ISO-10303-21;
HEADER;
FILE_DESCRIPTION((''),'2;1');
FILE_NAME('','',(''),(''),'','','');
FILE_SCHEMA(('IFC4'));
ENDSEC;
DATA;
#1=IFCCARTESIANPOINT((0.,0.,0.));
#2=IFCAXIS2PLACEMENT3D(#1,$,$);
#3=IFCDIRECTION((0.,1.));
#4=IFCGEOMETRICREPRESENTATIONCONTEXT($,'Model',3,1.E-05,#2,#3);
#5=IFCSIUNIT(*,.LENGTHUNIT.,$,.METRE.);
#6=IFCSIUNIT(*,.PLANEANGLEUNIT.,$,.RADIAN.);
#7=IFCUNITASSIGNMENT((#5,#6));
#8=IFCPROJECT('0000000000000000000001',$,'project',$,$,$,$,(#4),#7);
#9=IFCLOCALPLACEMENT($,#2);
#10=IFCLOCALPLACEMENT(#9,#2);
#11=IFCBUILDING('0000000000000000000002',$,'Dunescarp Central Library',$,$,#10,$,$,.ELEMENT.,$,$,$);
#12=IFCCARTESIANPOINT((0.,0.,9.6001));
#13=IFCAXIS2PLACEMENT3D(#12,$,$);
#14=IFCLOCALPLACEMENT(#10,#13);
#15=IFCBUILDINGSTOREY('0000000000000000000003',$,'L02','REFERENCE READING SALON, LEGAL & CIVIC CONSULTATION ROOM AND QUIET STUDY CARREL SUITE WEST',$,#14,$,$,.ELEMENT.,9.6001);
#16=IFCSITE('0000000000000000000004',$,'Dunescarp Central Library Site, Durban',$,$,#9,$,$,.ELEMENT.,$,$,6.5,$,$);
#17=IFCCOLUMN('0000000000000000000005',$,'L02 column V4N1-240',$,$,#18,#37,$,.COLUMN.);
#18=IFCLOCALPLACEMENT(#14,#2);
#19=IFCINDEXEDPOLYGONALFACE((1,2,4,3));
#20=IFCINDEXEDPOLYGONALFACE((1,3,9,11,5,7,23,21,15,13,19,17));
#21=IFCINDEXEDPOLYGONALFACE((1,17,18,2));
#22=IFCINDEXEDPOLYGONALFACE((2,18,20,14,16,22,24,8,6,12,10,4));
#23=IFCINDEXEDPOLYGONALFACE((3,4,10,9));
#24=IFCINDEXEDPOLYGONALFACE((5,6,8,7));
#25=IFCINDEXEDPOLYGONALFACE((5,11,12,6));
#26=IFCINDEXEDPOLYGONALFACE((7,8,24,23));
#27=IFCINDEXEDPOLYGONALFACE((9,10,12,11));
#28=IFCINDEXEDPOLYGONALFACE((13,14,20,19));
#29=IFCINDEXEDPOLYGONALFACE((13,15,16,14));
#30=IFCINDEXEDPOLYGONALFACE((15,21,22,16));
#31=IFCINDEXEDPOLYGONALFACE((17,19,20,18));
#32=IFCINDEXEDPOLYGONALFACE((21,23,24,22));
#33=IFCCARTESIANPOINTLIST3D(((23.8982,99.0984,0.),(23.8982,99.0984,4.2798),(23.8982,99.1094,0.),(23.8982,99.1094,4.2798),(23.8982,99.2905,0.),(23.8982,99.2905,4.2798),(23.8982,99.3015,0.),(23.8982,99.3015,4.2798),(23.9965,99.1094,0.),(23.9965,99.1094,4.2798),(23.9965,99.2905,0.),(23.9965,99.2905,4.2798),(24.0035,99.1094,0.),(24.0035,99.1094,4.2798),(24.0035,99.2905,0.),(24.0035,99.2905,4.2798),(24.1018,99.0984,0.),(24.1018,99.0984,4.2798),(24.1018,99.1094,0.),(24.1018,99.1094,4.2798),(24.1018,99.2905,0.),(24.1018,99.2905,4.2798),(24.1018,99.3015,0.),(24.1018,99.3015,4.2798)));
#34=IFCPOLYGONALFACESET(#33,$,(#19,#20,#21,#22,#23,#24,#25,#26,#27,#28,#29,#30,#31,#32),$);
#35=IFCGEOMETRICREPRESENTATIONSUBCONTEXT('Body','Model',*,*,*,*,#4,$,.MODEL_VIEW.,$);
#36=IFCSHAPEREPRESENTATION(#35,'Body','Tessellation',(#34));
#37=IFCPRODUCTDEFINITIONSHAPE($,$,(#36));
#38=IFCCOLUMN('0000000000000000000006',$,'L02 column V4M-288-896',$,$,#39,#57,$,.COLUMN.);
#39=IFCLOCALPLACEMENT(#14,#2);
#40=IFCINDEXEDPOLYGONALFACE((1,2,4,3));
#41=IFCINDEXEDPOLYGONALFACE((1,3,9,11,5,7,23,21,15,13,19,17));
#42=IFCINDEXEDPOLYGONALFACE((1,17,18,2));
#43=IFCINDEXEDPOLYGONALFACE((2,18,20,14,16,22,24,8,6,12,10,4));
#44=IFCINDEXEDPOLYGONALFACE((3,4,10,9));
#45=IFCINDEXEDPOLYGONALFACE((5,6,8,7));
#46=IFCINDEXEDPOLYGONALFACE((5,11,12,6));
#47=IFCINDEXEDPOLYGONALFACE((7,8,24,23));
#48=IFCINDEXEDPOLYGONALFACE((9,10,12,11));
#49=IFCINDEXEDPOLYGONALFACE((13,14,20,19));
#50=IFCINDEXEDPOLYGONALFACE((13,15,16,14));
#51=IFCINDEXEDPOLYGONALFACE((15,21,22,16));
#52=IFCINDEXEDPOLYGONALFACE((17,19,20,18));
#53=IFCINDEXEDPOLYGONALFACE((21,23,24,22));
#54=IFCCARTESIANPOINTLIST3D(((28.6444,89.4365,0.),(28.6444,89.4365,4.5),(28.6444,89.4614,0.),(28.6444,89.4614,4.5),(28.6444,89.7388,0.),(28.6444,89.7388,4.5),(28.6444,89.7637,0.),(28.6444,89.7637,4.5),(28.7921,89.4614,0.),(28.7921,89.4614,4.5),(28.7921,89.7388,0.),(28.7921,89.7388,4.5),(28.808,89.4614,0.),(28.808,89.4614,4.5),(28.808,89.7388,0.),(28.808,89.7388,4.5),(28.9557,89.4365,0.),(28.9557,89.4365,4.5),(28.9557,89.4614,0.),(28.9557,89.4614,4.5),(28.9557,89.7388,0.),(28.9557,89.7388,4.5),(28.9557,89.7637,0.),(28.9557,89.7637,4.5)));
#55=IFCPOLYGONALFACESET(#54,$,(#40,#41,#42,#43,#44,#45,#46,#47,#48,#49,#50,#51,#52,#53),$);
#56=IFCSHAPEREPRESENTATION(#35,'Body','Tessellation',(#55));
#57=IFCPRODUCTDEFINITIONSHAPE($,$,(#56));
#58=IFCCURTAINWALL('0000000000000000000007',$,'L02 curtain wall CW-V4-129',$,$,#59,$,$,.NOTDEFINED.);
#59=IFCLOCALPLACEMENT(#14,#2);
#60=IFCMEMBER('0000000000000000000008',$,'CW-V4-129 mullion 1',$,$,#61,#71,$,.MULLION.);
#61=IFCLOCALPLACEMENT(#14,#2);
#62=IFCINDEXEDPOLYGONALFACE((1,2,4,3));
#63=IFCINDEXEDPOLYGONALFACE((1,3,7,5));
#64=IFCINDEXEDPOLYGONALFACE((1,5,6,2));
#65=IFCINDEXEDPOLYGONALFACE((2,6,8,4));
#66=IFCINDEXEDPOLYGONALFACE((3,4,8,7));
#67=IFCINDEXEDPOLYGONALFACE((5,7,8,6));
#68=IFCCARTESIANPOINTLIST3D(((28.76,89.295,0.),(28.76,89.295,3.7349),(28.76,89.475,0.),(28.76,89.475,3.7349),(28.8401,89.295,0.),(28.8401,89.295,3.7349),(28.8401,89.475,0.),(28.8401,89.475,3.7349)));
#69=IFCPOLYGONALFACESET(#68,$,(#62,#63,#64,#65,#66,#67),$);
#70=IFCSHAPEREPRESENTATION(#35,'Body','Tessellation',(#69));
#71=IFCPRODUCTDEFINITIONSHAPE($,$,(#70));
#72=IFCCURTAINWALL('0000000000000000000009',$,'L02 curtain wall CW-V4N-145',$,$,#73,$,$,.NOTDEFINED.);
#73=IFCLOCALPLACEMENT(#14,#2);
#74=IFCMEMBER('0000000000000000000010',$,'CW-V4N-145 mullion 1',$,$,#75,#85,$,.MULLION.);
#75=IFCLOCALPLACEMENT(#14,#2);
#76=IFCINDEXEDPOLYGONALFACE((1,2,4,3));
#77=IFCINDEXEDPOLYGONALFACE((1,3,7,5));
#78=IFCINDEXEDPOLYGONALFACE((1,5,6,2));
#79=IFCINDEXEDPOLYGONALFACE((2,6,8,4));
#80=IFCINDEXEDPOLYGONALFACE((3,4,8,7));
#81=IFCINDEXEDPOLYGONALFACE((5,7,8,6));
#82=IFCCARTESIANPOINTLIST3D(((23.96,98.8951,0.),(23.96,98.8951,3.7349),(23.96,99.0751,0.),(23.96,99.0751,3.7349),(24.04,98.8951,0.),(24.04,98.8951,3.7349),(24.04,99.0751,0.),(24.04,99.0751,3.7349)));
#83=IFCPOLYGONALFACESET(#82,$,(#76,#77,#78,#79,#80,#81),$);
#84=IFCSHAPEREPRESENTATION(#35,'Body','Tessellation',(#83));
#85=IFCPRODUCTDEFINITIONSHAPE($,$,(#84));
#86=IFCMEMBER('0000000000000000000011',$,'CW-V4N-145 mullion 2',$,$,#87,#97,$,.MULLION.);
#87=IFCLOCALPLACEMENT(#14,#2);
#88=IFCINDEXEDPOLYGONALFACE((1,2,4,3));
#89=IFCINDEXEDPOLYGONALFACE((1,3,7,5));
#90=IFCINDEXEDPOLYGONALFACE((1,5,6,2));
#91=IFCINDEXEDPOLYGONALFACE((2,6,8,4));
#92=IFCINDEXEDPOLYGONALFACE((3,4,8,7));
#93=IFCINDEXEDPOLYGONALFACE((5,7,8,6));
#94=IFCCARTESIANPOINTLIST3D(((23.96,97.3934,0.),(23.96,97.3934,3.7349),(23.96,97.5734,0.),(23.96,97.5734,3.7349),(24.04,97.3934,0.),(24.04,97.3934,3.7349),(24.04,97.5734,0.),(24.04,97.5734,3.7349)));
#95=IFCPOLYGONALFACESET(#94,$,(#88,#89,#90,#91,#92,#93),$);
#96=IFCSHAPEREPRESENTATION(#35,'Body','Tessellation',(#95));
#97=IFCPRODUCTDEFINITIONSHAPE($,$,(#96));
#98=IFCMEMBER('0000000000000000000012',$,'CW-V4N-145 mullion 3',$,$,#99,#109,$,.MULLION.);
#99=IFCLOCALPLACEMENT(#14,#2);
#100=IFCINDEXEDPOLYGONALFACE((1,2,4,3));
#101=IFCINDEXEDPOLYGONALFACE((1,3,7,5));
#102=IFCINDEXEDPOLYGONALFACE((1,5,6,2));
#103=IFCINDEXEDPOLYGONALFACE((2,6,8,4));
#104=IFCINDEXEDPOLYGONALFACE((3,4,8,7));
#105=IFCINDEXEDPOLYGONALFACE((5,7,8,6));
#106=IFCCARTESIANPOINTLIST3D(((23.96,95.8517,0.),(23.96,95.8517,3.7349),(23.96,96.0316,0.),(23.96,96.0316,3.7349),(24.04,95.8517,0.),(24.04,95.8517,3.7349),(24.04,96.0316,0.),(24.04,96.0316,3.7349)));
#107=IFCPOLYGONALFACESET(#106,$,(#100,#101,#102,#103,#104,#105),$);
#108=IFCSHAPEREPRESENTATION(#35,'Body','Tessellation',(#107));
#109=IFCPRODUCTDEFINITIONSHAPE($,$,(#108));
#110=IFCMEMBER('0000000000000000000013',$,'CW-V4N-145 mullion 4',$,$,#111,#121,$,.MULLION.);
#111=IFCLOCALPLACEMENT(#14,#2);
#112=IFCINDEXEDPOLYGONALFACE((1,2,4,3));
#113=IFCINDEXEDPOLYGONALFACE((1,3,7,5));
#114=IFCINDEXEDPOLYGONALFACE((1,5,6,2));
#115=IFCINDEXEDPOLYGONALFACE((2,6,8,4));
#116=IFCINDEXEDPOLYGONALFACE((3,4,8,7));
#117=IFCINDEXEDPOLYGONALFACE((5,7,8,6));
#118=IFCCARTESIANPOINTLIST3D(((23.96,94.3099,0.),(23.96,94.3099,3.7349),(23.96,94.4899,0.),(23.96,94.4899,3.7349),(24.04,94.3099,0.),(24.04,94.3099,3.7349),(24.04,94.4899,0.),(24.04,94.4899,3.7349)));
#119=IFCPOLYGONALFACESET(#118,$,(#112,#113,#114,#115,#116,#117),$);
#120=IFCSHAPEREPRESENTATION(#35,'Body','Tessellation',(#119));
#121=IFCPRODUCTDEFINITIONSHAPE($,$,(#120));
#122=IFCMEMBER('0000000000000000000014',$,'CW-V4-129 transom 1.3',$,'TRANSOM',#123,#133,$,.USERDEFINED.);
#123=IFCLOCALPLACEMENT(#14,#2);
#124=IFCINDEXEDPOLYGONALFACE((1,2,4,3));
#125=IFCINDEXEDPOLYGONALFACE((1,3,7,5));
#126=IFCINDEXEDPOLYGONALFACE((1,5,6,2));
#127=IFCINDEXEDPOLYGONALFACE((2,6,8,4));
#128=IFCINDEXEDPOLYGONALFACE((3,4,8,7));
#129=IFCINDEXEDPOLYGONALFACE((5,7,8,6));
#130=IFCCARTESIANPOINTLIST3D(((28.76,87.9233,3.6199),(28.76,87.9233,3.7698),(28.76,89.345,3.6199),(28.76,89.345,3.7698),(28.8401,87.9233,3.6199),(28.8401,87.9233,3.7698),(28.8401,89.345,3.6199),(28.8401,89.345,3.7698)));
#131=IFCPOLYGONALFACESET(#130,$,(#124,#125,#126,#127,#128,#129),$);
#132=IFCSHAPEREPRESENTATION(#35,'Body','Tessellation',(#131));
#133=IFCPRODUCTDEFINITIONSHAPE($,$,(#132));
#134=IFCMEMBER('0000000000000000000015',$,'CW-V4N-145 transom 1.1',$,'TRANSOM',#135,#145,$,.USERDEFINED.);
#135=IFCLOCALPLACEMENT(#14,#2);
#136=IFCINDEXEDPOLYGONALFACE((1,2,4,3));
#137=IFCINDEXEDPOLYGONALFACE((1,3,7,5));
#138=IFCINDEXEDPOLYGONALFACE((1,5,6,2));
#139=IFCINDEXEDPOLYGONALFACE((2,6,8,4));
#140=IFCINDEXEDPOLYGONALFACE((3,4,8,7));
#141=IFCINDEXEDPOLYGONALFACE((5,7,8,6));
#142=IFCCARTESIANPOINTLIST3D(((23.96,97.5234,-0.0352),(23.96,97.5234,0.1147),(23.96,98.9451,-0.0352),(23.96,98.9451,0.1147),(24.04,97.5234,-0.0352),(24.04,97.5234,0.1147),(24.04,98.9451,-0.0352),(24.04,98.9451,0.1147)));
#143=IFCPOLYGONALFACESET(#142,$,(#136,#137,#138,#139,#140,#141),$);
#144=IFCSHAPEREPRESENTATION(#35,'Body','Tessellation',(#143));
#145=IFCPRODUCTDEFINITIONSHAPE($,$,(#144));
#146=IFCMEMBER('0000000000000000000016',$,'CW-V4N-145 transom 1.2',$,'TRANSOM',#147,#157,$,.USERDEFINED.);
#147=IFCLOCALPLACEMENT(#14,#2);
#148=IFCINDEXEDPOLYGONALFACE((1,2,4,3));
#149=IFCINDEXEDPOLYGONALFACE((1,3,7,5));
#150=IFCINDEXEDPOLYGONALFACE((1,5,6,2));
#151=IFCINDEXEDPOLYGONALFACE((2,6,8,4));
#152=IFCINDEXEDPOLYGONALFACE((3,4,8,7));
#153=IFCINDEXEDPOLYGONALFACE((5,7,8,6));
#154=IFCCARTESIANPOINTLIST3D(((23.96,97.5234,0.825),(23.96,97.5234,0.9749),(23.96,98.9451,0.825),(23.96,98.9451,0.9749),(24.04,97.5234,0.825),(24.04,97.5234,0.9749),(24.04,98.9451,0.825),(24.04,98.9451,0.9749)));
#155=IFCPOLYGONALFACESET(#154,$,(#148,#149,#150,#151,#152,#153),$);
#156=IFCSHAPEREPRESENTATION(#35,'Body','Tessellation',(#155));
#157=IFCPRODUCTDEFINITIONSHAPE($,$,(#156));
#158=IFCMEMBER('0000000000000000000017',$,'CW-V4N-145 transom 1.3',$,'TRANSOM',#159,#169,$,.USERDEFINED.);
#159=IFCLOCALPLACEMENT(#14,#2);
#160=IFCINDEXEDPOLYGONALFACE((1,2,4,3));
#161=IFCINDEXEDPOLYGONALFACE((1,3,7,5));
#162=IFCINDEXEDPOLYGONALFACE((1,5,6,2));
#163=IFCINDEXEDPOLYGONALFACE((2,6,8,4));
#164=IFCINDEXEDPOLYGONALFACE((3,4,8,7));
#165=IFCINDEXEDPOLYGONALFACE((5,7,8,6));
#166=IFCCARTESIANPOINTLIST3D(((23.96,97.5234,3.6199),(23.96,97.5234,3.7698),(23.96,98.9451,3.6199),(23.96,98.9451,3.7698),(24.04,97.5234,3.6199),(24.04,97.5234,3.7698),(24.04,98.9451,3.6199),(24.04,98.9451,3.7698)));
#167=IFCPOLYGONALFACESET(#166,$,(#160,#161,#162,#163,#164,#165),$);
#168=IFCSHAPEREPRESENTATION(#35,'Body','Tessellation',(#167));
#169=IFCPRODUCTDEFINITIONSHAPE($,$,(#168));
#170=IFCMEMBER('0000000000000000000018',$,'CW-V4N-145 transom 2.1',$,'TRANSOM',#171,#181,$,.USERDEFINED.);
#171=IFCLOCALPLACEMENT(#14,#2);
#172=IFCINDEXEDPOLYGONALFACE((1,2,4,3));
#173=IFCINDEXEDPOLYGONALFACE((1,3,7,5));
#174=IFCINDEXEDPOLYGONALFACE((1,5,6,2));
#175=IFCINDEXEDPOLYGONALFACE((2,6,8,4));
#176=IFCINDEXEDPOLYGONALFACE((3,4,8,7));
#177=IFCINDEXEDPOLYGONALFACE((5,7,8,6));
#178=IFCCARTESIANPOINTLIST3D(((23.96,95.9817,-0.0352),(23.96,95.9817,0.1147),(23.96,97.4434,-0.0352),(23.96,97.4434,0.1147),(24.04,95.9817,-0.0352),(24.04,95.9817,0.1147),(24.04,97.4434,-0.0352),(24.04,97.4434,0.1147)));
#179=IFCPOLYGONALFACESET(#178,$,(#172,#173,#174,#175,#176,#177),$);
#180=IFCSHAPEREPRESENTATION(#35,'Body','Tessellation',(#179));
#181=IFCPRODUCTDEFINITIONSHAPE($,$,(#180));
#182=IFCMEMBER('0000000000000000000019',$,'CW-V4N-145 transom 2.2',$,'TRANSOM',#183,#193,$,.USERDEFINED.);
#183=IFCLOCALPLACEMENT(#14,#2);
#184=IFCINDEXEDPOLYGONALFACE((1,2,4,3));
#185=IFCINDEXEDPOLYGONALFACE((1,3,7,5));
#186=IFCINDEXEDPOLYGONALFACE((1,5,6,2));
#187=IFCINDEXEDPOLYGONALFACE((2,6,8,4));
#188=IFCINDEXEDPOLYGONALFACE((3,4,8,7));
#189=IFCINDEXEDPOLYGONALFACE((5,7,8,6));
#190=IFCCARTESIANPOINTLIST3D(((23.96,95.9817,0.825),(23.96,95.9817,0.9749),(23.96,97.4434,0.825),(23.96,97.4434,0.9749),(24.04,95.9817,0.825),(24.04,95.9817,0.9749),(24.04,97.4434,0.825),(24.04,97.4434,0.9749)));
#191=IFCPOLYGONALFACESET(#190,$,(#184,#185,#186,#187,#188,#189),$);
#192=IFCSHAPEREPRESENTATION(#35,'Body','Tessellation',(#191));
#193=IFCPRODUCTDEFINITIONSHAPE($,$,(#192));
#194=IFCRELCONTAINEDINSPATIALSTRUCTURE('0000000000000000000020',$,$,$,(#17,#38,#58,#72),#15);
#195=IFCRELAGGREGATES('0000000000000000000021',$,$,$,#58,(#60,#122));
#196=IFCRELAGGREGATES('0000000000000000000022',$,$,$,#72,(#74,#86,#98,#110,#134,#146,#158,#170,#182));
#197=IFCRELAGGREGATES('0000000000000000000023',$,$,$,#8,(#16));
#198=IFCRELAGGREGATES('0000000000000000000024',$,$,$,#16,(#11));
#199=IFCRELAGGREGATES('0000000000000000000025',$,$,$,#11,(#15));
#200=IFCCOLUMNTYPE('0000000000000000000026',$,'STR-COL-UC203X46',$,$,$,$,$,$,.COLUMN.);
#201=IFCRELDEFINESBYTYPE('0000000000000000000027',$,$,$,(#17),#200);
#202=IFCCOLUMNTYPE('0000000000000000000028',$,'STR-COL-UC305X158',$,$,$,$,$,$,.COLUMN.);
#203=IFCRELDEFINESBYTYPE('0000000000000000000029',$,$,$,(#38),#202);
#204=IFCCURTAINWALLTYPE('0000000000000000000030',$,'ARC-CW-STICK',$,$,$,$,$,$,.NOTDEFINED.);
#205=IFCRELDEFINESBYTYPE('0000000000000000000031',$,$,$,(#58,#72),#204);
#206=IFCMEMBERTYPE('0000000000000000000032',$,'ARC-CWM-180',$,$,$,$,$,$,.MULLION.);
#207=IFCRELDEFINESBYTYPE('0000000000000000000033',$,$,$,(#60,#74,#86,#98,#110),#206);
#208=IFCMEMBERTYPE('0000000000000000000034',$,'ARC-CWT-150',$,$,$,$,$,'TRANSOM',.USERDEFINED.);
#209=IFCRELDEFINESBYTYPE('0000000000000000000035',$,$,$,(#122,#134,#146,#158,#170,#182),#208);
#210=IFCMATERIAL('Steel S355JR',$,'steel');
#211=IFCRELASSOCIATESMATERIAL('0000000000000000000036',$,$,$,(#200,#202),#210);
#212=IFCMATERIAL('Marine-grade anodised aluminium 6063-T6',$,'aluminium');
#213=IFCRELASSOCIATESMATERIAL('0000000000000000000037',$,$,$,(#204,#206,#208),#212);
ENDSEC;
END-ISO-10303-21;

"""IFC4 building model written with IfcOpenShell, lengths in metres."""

from ifc_helpers import new_model, si_unit, direction, frame, origin, origin_2d, place, context, subcontext, project, spatial, rectangle, i_section, extrude, material, material_profile, profile_set, type_object, element, aggregate, save


model = new_model("IFC4")

# Units and contexts
model_context = context("Model", 3, precision=1e-05, world=origin(), true_north=direction((0.0, 1.0)))
body_context = subcontext(model_context, "Body", "Model", "MODEL_VIEW")
ifc_project = project(units=[si_unit("LENGTHUNIT", "METRE"), si_unit("PLANEANGLEUNIT", "RADIAN")], contexts=[model_context])

# Site, building, storey
site_placement = place(None, origin())
site = spatial("IfcSite", under=ifc_project, at=site_placement, Name="Dunescarp Central Library Site, Durban", CompositionType="ELEMENT", RefElevation=6.5)
building_placement = place(site_placement, origin())
building = spatial("IfcBuilding", under=site, at=building_placement, Name="Dunescarp Central Library", CompositionType="ELEMENT")
storey_placement = place(building_placement, frame((0.0, 0.0, 9.6001)))
storey = spatial("IfcBuildingStorey", under=building, at=storey_placement, Name="L02", Description="REFERENCE READING SALON, LEGAL & CIVIC CONSULTATION ROOM AND QUIET STUDY CARREL SUITE WEST", CompositionType="ELEMENT", Elevation=9.6001)

# Columns
ifc_material_1 = material(Name="Steel S355JR", Category="steel")
ifc_material_profile_1 = material_profile(ifc_material_1, i_section(OverallWidth=0.2036, OverallDepth=0.2031, WebThickness=0.0071, FlangeThickness=0.011, at=origin_2d()), Name="UC 203x203x46")
ifc_profile_set_1 = profile_set([ifc_material_profile_1], Name="Steel S355JR")
column_type_1 = type_object("IfcColumnType", Name="STR-COL-UC203X46", PredefinedType="COLUMN", material=ifc_profile_set_1)
column_1_placement = place(storey_placement, frame((24.0, 99.2, 0.0), z_axis=(0.0, 0.0, 1.0), x_axis=(1.0, 0.0, 0.0)))
element("IfcColumn", 1, at=column_1_placement, inside=storey, type_object=column_type_1, Name="L02 column V4N1-240", PredefinedType="COLUMN", context=body_context, shape_type="SweptSolid", body=[
    extrude(i_section(OverallWidth=0.2036, OverallDepth=0.2031, WebThickness=0.0071, FlangeThickness=0.011, at=origin_2d()), origin(), (0.0, 0.0, 1.0), 4.2798),
])
ifc_material_profile_2 = material_profile(ifc_material_1, i_section(OverallWidth=0.3113, OverallDepth=0.3271, WebThickness=0.0159, FlangeThickness=0.0249, at=origin_2d()), Name="UC 305x305x158")
ifc_profile_set_2 = profile_set([ifc_material_profile_2], Name="Steel S355JR")
column_type_2 = type_object("IfcColumnType", Name="STR-COL-UC305X158", PredefinedType="COLUMN", material=ifc_profile_set_2)
column_2_placement = place(storey_placement, frame((28.8, 89.6001, 0.0), z_axis=(0.0, 0.0, 1.0), x_axis=(1.0, 0.0, 0.0)))
element("IfcColumn", 2, at=column_2_placement, inside=storey, type_object=column_type_2, Name="L02 column V4M-288-896", PredefinedType="COLUMN", context=body_context, shape_type="SweptSolid", body=[
    extrude(i_section(OverallWidth=0.3113, OverallDepth=0.3271, WebThickness=0.0159, FlangeThickness=0.0249, at=origin_2d()), origin(), (0.0, 0.0, 1.0), 4.5),
])

# Curtain wall, member
ifc_material_2 = material(Name="Marine-grade anodised aluminium 6063-T6", Category="aluminium")
curtain_wall_type = type_object("IfcCurtainWallType", Name="ARC-CW-STICK", PredefinedType="NOTDEFINED", material=ifc_material_2)
curtain_wall_1_placement = place(storey_placement, origin())
curtain_wall_1 = element("IfcCurtainWall", 3, at=curtain_wall_1_placement, inside=storey, type_object=curtain_wall_type, Name="L02 curtain wall CW-V4-129", PredefinedType="NOTDEFINED")
ifc_material_profile_3 = material_profile(ifc_material_2, rectangle(XDim=0.0801, YDim=0.1799, at=origin_2d()), Name="AL 80x180")
ifc_profile_set_3 = profile_set([ifc_material_profile_3], Name="Marine-grade anodised aluminium 6063-T6")
member_type_1 = type_object("IfcMemberType", Name="ARC-CWM-180", PredefinedType="MULLION", material=ifc_profile_set_3)
member_1_placement = place(storey_placement, frame((28.8, 89.385, 0.0), z_axis=(0.0, 0.0, 1.0), x_axis=(1.0, 0.0, 0.0)))
member_1 = element("IfcMember", 4, at=member_1_placement, type_object=member_type_1, Name="CW-V4-129 mullion 1", PredefinedType="MULLION", context=body_context, shape_type="SweptSolid", body=[
    extrude(rectangle(XDim=0.0801, YDim=0.1799, at=origin_2d()), origin(), (0.0, 0.0, 1.0), 3.7349),
])

# Curtain wall, members
curtain_wall_2_placement = place(storey_placement, origin())
curtain_wall_2 = element("IfcCurtainWall", 5, at=curtain_wall_2_placement, inside=storey, type_object=curtain_wall_type, Name="L02 curtain wall CW-V4N-145", PredefinedType="NOTDEFINED")
member_2_placement = place(storey_placement, frame((24.0, 98.9851, 0.0), z_axis=(0.0, 0.0, 1.0), x_axis=(1.0, 0.0, 0.0)))
member_2 = element("IfcMember", 6, at=member_2_placement, type_object=member_type_1, Name="CW-V4N-145 mullion 1", PredefinedType="MULLION", context=body_context, shape_type="SweptSolid", body=[
    extrude(rectangle(XDim=0.0801, YDim=0.1799, at=origin_2d()), origin(), (0.0, 0.0, 1.0), 3.7349),
])
member_3_placement = place(storey_placement, frame((24.0, 97.4834, 0.0), z_axis=(0.0, 0.0, 1.0), x_axis=(1.0, 0.0, 0.0)))
member_3 = element("IfcMember", 7, at=member_3_placement, type_object=member_type_1, Name="CW-V4N-145 mullion 2", PredefinedType="MULLION", context=body_context, shape_type="SweptSolid", body=[
    extrude(rectangle(XDim=0.0801, YDim=0.1799, at=origin_2d()), origin(), (0.0, 0.0, 1.0), 3.7349),
])
member_4_placement = place(storey_placement, frame((24.0, 95.9417, 0.0), z_axis=(0.0, 0.0, 1.0), x_axis=(1.0, 0.0, 0.0)))
member_4 = element("IfcMember", 8, at=member_4_placement, type_object=member_type_1, Name="CW-V4N-145 mullion 3", PredefinedType="MULLION", context=body_context, shape_type="SweptSolid", body=[
    extrude(rectangle(XDim=0.0801, YDim=0.1799, at=origin_2d()), origin(), (0.0, 0.0, 1.0), 3.7349),
])
member_5_placement = place(storey_placement, frame((24.0, 94.3999, 0.0), z_axis=(0.0, 0.0, 1.0), x_axis=(1.0, 0.0, 0.0)))
member_5 = element("IfcMember", 9, at=member_5_placement, type_object=member_type_1, Name="CW-V4N-145 mullion 4", PredefinedType="MULLION", context=body_context, shape_type="SweptSolid", body=[
    extrude(rectangle(XDim=0.0801, YDim=0.1799, at=origin_2d()), origin(), (0.0, 0.0, 1.0), 3.7349),
])

# Members
ifc_material_profile_4 = material_profile(ifc_material_2, rectangle(XDim=0.0801, YDim=0.1499, at=origin_2d()), Name="AL 80x150")
ifc_profile_set_4 = profile_set([ifc_material_profile_4], Name="Marine-grade anodised aluminium 6063-T6")
member_type_2 = type_object("IfcMemberType", Name="ARC-CWT-150", ElementType="TRANSOM", PredefinedType="USERDEFINED", material=ifc_profile_set_4)
member_6_placement = place(storey_placement, frame((28.8, 89.345, 3.6948), z_axis=(0.0, -1.0, 0.0), x_axis=(1.0, 0.0, 0.0)))
member_6 = element("IfcMember", 10, at=member_6_placement, type_object=member_type_2, Name="CW-V4-129 transom 1.3", ObjectType="TRANSOM", PredefinedType="USERDEFINED", context=body_context, shape_type="SweptSolid", body=[
    extrude(rectangle(XDim=0.0801, YDim=0.1499, at=origin_2d()), origin(), (0.0, 0.0, 1.0), 1.4216),
])
aggregate(curtain_wall_1, [member_1, member_6])
member_7_placement = place(storey_placement, frame((24.0, 98.9451, 0.0398), z_axis=(0.0, -1.0, 0.0), x_axis=(1.0, 0.0, 0.0)))
member_7 = element("IfcMember", 11, at=member_7_placement, type_object=member_type_2, Name="CW-V4N-145 transom 1.1", ObjectType="TRANSOM", PredefinedType="USERDEFINED", context=body_context, shape_type="SweptSolid", body=[
    extrude(rectangle(XDim=0.0801, YDim=0.1499, at=origin_2d()), origin(), (0.0, 0.0, 1.0), 1.4216),
])
member_8_placement = place(storey_placement, frame((24.0, 98.9451, 0.8999), z_axis=(0.0, -1.0, 0.0), x_axis=(1.0, 0.0, 0.0)))
member_8 = element("IfcMember", 12, at=member_8_placement, type_object=member_type_2, Name="CW-V4N-145 transom 1.2", ObjectType="TRANSOM", PredefinedType="USERDEFINED", context=body_context, shape_type="SweptSolid", body=[
    extrude(rectangle(XDim=0.0801, YDim=0.1499, at=origin_2d()), origin(), (0.0, 0.0, 1.0), 1.4216),
])
member_9_placement = place(storey_placement, frame((24.0, 98.9451, 3.6948), z_axis=(0.0, -1.0, 0.0), x_axis=(1.0, 0.0, 0.0)))
member_9 = element("IfcMember", 13, at=member_9_placement, type_object=member_type_2, Name="CW-V4N-145 transom 1.3", ObjectType="TRANSOM", PredefinedType="USERDEFINED", context=body_context, shape_type="SweptSolid", body=[
    extrude(rectangle(XDim=0.0801, YDim=0.1499, at=origin_2d()), origin(), (0.0, 0.0, 1.0), 1.4216),
])
member_10_placement = place(storey_placement, frame((24.0, 97.4434, 0.0398), z_axis=(0.0, -1.0, 0.0), x_axis=(1.0, 0.0, 0.0)))
member_10 = element("IfcMember", 14, at=member_10_placement, type_object=member_type_2, Name="CW-V4N-145 transom 2.1", ObjectType="TRANSOM", PredefinedType="USERDEFINED", context=body_context, shape_type="SweptSolid", body=[
    extrude(rectangle(XDim=0.0801, YDim=0.1499, at=origin_2d()), origin(), (0.0, 0.0, 1.0), 1.4617),
])
member_11_placement = place(storey_placement, frame((24.0, 97.4434, 0.8999), z_axis=(0.0, -1.0, 0.0), x_axis=(1.0, 0.0, 0.0)))
member_11 = element("IfcMember", 15, at=member_11_placement, type_object=member_type_2, Name="CW-V4N-145 transom 2.2", ObjectType="TRANSOM", PredefinedType="USERDEFINED", context=body_context, shape_type="SweptSolid", body=[
    extrude(rectangle(XDim=0.0801, YDim=0.1499, at=origin_2d()), origin(), (0.0, 0.0, 1.0), 1.4617),
])

aggregate(curtain_wall_2, [member_2, member_3, member_4, member_5, member_7, member_8, member_9, member_10, member_11])

save(model, "model.ifc")
